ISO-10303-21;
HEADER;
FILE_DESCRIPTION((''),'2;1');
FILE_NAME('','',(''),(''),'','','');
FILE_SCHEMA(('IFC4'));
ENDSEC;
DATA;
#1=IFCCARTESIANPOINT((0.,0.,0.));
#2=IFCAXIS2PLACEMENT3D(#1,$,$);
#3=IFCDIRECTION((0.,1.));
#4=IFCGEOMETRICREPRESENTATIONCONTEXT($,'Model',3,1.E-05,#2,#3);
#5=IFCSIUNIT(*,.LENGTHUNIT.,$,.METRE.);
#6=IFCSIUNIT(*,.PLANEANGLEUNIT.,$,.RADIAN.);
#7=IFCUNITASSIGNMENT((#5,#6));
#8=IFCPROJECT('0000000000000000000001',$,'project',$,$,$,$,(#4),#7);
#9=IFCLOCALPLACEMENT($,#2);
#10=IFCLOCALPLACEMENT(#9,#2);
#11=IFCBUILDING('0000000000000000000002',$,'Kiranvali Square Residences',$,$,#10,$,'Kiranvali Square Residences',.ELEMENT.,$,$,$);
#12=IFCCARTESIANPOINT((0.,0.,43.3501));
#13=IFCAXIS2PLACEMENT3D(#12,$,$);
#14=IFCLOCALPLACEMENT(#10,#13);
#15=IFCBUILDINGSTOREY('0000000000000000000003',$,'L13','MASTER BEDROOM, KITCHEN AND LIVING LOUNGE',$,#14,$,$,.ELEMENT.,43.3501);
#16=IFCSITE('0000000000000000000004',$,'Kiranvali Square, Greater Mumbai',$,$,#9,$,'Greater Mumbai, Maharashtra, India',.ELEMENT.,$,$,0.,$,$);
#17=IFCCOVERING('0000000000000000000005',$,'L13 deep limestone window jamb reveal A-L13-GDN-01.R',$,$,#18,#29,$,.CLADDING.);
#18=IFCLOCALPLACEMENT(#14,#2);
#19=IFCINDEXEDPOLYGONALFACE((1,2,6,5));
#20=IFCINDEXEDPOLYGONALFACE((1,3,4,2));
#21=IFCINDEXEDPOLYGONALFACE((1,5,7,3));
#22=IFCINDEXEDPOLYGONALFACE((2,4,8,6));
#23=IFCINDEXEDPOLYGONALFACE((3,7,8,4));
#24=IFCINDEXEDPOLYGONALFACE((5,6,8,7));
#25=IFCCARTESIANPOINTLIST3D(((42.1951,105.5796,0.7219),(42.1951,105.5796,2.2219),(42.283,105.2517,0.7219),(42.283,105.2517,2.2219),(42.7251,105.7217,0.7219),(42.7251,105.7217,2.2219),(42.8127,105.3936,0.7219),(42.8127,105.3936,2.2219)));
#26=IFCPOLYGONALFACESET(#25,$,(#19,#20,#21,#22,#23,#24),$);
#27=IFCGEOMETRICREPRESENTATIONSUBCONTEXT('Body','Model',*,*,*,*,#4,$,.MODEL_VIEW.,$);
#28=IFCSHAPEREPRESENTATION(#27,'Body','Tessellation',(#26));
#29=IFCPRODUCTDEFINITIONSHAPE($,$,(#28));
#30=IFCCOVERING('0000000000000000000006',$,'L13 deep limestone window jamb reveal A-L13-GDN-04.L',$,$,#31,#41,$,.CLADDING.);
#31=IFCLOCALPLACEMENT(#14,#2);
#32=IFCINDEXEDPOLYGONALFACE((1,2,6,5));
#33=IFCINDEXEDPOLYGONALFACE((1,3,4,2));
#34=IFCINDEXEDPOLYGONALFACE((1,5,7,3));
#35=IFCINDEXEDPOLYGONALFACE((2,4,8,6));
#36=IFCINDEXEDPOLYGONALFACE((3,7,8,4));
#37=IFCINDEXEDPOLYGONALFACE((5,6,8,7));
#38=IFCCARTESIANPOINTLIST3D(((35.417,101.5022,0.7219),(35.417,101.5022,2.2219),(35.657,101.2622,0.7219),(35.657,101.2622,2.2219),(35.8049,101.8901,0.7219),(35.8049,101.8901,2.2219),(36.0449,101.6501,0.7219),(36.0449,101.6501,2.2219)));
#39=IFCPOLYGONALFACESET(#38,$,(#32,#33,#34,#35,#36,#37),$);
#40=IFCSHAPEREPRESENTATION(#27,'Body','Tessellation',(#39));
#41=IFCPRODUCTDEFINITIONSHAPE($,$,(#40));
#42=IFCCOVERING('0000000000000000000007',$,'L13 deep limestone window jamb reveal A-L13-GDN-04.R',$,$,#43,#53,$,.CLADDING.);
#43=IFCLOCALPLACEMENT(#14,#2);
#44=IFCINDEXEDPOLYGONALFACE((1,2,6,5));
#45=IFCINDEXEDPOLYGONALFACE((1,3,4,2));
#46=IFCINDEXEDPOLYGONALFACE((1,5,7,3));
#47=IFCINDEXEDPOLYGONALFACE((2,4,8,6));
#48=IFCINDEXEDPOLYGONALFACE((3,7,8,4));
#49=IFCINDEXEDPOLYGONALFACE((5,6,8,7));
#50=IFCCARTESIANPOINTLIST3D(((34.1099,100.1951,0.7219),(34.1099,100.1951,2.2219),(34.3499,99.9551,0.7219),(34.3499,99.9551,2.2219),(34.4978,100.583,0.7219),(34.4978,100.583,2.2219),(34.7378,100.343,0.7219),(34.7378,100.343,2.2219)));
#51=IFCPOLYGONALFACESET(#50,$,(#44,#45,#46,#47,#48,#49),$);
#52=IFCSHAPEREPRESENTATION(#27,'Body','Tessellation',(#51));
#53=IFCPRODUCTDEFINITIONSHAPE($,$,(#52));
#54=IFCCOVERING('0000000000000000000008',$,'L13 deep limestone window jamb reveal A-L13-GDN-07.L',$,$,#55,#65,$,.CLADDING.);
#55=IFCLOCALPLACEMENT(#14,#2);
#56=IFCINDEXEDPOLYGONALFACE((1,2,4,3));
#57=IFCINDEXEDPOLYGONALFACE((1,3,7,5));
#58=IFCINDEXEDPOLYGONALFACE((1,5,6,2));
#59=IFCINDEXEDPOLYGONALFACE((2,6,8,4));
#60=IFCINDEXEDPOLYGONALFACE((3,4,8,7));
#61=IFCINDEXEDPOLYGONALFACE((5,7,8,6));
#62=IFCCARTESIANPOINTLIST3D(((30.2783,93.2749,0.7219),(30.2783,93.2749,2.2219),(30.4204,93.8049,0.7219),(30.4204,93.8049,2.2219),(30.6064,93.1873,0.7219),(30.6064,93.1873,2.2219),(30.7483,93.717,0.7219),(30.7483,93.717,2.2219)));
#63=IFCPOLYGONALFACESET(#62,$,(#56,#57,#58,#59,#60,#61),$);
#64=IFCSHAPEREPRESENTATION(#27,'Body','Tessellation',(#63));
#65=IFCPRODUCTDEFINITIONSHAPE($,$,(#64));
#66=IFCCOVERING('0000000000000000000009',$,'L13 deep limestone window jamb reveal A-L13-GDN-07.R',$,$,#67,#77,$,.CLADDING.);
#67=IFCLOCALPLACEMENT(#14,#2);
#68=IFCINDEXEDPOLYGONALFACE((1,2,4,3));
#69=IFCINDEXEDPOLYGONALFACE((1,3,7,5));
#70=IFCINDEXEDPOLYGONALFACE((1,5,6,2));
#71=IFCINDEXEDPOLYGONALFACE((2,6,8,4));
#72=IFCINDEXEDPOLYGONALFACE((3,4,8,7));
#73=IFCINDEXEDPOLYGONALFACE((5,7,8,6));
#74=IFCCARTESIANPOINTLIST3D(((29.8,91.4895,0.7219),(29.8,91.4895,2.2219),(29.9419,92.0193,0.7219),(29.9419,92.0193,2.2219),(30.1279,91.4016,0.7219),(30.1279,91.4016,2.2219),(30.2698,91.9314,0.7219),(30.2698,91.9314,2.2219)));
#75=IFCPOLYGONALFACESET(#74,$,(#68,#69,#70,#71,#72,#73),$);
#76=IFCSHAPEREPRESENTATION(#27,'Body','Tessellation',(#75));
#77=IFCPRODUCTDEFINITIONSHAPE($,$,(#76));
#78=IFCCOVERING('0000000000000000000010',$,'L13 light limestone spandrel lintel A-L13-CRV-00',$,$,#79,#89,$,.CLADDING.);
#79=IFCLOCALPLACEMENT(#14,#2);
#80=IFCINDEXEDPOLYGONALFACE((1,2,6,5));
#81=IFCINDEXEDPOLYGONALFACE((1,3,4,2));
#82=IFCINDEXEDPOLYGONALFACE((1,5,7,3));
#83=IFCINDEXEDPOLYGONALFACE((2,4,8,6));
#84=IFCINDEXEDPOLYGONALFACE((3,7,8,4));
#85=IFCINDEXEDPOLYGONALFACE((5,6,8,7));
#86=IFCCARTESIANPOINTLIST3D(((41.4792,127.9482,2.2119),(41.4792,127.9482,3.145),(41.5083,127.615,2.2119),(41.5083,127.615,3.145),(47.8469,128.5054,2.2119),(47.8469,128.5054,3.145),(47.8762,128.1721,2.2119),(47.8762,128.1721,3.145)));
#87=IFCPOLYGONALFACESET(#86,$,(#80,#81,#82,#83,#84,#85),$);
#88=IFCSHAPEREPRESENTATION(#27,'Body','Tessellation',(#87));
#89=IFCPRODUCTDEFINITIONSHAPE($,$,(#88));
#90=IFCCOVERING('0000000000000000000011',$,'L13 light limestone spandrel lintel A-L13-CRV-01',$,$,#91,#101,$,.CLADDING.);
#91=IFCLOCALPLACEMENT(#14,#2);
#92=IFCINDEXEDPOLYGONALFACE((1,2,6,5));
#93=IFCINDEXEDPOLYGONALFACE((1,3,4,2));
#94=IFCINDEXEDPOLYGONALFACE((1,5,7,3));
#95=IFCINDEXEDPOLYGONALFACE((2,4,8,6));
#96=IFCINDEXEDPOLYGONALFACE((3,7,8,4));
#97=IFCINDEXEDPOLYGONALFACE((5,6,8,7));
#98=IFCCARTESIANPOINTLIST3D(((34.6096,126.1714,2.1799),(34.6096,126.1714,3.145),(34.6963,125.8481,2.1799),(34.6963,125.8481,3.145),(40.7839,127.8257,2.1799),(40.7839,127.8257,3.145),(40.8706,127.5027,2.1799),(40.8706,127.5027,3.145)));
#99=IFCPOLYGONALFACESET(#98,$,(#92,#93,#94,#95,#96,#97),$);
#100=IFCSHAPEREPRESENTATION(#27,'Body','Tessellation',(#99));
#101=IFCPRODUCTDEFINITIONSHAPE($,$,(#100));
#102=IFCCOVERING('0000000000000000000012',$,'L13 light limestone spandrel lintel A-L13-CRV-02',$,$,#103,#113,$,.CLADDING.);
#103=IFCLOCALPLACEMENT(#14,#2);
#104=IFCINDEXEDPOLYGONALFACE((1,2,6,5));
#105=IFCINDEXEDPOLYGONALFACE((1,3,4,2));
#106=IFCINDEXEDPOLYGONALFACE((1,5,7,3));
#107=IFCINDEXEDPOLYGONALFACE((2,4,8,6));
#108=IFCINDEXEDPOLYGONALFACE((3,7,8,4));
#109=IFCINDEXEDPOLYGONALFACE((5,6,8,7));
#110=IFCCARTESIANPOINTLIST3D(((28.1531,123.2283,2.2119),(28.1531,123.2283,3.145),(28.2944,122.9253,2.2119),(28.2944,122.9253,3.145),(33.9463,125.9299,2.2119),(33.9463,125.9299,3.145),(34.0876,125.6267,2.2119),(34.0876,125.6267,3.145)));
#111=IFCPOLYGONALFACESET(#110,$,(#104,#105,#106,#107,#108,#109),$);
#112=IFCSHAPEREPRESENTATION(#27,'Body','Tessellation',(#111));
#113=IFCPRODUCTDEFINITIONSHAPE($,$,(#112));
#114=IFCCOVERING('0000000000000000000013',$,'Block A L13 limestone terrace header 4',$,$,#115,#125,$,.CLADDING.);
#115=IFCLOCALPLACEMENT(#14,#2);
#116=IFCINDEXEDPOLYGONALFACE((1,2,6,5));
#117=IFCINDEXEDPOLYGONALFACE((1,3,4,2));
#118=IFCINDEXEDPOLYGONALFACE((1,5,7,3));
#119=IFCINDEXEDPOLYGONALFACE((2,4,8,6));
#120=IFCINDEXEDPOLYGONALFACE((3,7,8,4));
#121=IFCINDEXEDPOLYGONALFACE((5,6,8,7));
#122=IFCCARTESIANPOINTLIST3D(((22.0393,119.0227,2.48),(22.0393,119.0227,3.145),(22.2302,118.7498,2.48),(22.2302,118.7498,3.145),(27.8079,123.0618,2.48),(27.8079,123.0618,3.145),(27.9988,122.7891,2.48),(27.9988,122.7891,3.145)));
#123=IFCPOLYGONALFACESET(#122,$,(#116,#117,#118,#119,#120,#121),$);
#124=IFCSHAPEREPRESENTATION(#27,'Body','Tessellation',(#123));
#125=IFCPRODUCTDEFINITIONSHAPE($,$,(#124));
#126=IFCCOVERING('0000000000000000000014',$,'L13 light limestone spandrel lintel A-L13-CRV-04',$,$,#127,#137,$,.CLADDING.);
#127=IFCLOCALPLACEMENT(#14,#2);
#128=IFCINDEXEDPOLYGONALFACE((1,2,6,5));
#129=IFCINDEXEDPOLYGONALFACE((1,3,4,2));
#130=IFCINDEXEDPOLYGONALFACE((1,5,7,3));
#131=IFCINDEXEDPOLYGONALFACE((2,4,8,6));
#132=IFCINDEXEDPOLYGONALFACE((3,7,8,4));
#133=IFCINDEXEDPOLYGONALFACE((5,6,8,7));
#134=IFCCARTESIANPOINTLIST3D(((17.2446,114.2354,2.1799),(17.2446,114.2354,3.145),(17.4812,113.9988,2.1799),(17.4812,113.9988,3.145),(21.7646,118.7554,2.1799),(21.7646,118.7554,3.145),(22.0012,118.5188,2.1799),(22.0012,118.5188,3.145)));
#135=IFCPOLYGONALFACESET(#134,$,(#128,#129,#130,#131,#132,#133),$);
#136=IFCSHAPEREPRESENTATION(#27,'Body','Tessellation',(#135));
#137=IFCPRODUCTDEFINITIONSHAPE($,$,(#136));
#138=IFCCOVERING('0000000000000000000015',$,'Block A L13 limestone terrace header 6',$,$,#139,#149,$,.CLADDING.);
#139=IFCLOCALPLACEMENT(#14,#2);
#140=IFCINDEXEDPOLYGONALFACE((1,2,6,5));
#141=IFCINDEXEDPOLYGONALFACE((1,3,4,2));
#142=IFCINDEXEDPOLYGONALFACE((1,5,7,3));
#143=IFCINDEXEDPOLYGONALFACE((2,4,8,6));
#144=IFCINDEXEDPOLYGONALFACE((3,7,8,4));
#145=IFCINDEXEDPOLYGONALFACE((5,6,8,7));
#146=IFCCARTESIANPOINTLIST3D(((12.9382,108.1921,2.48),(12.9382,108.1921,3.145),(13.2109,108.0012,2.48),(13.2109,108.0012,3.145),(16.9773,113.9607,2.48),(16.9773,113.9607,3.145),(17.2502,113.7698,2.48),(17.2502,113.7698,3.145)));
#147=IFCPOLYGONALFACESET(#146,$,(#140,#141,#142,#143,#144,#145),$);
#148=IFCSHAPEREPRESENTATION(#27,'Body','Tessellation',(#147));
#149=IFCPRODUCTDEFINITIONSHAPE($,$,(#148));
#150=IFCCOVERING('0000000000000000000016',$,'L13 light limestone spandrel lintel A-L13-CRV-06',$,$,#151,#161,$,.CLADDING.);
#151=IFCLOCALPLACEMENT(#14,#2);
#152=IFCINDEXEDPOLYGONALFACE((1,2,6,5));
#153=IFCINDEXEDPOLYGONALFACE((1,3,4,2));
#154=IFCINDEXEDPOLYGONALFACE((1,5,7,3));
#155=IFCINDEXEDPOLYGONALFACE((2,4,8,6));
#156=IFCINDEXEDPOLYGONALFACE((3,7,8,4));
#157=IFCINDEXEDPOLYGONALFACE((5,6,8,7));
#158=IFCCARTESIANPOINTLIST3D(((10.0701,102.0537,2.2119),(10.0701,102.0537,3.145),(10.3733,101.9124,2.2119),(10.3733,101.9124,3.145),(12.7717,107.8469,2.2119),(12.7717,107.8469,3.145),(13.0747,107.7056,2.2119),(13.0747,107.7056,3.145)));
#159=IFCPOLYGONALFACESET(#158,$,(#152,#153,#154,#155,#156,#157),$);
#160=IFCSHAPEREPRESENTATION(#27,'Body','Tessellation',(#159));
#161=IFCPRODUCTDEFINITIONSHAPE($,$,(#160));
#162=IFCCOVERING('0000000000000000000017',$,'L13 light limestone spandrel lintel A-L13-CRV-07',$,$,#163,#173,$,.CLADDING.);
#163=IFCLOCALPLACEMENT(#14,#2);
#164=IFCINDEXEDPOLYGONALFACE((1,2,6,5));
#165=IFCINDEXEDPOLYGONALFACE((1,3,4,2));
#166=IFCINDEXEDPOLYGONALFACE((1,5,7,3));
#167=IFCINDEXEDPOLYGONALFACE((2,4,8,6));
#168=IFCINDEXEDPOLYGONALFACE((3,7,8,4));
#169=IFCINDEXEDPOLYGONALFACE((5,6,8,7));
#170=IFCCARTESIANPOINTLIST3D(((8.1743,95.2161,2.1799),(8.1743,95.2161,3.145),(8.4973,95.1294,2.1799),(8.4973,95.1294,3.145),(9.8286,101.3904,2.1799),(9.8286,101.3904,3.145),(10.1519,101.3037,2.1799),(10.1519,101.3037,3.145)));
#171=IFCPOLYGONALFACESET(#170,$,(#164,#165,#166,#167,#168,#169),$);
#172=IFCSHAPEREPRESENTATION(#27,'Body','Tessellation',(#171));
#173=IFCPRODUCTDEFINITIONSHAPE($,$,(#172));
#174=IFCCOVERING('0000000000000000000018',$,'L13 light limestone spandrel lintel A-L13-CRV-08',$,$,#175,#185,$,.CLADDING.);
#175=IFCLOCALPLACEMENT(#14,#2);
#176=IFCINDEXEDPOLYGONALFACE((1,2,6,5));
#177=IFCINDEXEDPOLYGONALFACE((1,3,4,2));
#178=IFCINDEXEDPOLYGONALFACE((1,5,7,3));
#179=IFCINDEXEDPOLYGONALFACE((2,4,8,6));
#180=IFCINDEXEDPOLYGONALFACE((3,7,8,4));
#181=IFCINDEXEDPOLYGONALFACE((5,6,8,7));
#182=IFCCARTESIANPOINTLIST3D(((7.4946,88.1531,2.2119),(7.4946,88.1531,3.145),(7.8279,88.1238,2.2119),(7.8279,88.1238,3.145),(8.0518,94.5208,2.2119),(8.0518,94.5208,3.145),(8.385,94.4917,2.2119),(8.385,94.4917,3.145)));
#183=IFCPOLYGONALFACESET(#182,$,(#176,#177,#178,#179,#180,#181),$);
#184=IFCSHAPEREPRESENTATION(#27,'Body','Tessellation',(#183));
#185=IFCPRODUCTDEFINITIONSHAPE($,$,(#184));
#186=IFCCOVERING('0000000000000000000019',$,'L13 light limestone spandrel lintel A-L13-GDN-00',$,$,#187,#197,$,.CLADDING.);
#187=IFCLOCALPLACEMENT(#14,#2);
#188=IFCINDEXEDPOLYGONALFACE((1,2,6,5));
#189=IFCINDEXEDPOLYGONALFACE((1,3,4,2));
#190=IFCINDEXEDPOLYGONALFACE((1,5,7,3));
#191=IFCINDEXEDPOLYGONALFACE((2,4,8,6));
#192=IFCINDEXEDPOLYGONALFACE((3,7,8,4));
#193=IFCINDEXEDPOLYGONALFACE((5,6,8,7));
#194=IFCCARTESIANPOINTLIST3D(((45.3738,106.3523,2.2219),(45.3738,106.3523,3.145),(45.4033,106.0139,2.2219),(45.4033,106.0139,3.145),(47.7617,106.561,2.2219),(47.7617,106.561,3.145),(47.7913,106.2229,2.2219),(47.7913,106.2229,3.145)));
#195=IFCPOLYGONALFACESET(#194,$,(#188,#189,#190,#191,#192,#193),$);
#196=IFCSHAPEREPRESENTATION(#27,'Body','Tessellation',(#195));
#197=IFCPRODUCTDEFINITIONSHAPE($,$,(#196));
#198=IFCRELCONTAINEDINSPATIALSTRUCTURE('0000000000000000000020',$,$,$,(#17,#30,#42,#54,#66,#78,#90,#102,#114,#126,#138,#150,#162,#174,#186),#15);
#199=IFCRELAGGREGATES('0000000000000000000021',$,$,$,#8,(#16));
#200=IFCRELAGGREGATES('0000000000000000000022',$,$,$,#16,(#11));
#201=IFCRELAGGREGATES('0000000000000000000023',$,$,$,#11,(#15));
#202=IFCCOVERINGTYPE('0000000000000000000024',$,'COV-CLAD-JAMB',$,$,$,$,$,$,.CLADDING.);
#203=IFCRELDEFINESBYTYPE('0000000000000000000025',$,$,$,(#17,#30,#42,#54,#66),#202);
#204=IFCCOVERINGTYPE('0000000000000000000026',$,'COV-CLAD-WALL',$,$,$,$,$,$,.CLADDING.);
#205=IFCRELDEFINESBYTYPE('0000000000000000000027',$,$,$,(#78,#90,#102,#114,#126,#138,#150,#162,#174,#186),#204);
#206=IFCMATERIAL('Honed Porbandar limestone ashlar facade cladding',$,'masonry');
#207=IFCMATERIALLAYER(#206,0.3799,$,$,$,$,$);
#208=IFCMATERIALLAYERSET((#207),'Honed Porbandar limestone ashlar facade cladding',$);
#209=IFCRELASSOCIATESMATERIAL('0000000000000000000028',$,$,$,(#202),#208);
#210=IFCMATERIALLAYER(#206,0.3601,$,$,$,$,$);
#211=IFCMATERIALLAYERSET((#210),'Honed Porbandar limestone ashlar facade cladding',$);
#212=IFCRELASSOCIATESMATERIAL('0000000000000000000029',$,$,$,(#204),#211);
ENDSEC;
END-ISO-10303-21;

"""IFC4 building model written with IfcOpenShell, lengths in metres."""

from ifc_helpers import new_model, si_unit, direction, frame, origin, place, context, subcontext, project, spatial, polyline, outline, extrude, material, layer, layer_set, type_object, element, save


model = new_model("IFC4")

# Units and contexts
model_context = context("Model", 3, precision=1e-05, world=origin(), true_north=direction((0.0, 1.0)))
body_context = subcontext(model_context, "Body", "Model", "MODEL_VIEW")
ifc_project = project(units=[si_unit("LENGTHUNIT", "METRE"), si_unit("PLANEANGLEUNIT", "RADIAN")], contexts=[model_context])

# Site, building, storey
site_placement = place(None, origin())
site = spatial("IfcSite", under=ifc_project, at=site_placement, Name="Kiranvali Square, Greater Mumbai", LongName="Greater Mumbai, Maharashtra, India", CompositionType="ELEMENT", RefElevation=0.0)
building_placement = place(site_placement, origin())
building = spatial("IfcBuilding", under=site, at=building_placement, Name="Kiranvali Square Residences", LongName="Kiranvali Square Residences", CompositionType="ELEMENT")
storey_placement = place(building_placement, frame((0.0, 0.0, 43.3501)))
storey = spatial("IfcBuildingStorey", under=building, at=storey_placement, Name="L13", Description="MASTER BEDROOM, KITCHEN AND LIVING LOUNGE", CompositionType="ELEMENT", Elevation=43.3501)

# Coverings
ifc_material = material(Name="Honed Porbandar limestone ashlar facade cladding", Category="masonry")
ifc_layer_1 = layer(ifc_material, 0.3799)
ifc_layer_set_1 = layer_set([ifc_layer_1], Name="Honed Porbandar limestone ashlar facade cladding")
covering_type_1 = type_object("IfcCoveringType", Name="COV-CLAD-JAMB", PredefinedType="CLADDING", material=ifc_layer_set_1)
covering_1_placement = place(storey_placement, frame((0.0, 0.0, 0.7219)))
element("IfcCovering", 1, at=covering_1_placement, inside=storey, type_object=covering_type_1, Name="L13 deep limestone window jamb reveal A-L13-GDN-01.R", PredefinedType="CLADDING", context=body_context, shape_type="SweptSolid", body=[
    extrude(outline(polyline([(42.7251, 105.7217), (42.1951, 105.5796), (42.283, 105.2517), (42.8127, 105.3936), (42.7251, 105.7217)])), origin(), (0.0, 0.0, 1.0), 1.5),
])
covering_2_placement = place(storey_placement, frame((0.0, 0.0, 0.7219)))
element("IfcCovering", 2, at=covering_2_placement, inside=storey, type_object=covering_type_1, Name="L13 deep limestone window jamb reveal A-L13-GDN-04.L", PredefinedType="CLADDING", context=body_context, shape_type="SweptSolid", body=[
    extrude(outline(polyline([(35.8049, 101.8901), (35.417, 101.5022), (35.657, 101.2622), (36.0449, 101.6501), (35.8049, 101.8901)])), origin(), (0.0, 0.0, 1.0), 1.5),
])
covering_3_placement = place(storey_placement, frame((0.0, 0.0, 0.7219)))
element("IfcCovering", 3, at=covering_3_placement, inside=storey, type_object=covering_type_1, Name="L13 deep limestone window jamb reveal A-L13-GDN-04.R", PredefinedType="CLADDING", context=body_context, shape_type="SweptSolid", body=[
    extrude(outline(polyline([(34.4978, 100.583), (34.1099, 100.1951), (34.3499, 99.9551), (34.7378, 100.343), (34.4978, 100.583)])), origin(), (0.0, 0.0, 1.0), 1.5),
])
covering_4_placement = place(storey_placement, frame((0.0, 0.0, 0.7219)))
element("IfcCovering", 4, at=covering_4_placement, inside=storey, type_object=covering_type_1, Name="L13 deep limestone window jamb reveal A-L13-GDN-07.L", PredefinedType="CLADDING", context=body_context, shape_type="SweptSolid", body=[
    extrude(outline(polyline([(30.4204, 93.8049), (30.2783, 93.2749), (30.6064, 93.1873), (30.7483, 93.717), (30.4204, 93.8049)])), origin(), (0.0, 0.0, 1.0), 1.5),
])
covering_5_placement = place(storey_placement, frame((0.0, 0.0, 0.7219)))
element("IfcCovering", 5, at=covering_5_placement, inside=storey, type_object=covering_type_1, Name="L13 deep limestone window jamb reveal A-L13-GDN-07.R", PredefinedType="CLADDING", context=body_context, shape_type="SweptSolid", body=[
    extrude(outline(polyline([(29.9419, 92.0193), (29.8, 91.4895), (30.1279, 91.4016), (30.2698, 91.9314), (29.9419, 92.0193)])), origin(), (0.0, 0.0, 1.0), 1.5),
])
ifc_layer_2 = layer(ifc_material, 0.3601)
ifc_layer_set_2 = layer_set([ifc_layer_2], Name="Honed Porbandar limestone ashlar facade cladding")
covering_type_2 = type_object("IfcCoveringType", Name="COV-CLAD-WALL", PredefinedType="CLADDING", material=ifc_layer_set_2)
covering_6_placement = place(storey_placement, frame((0.0, 0.0, 2.2119)))
element("IfcCovering", 6, at=covering_6_placement, inside=storey, type_object=covering_type_2, Name="L13 light limestone spandrel lintel A-L13-CRV-00", PredefinedType="CLADDING", context=body_context, shape_type="SweptSolid", body=[
    extrude(outline(polyline([(47.8469, 128.5054), (41.4792, 127.9482), (41.5083, 127.615), (47.8762, 128.1721), (47.8469, 128.5054)])), origin(), (0.0, 0.0, 1.0), 0.9331),
])
covering_7_placement = place(storey_placement, frame((0.0, 0.0, 2.1799)))
element("IfcCovering", 7, at=covering_7_placement, inside=storey, type_object=covering_type_2, Name="L13 light limestone spandrel lintel A-L13-CRV-01", PredefinedType="CLADDING", context=body_context, shape_type="SweptSolid", body=[
    extrude(outline(polyline([(40.7839, 127.8257), (34.6096, 126.1714), (34.6963, 125.8481), (40.8706, 127.5027), (40.7839, 127.8257)])), origin(), (0.0, 0.0, 1.0), 0.9651),
])
covering_8_placement = place(storey_placement, frame((0.0, 0.0, 2.2119)))
element("IfcCovering", 8, at=covering_8_placement, inside=storey, type_object=covering_type_2, Name="L13 light limestone spandrel lintel A-L13-CRV-02", PredefinedType="CLADDING", context=body_context, shape_type="SweptSolid", body=[
    extrude(outline(polyline([(33.9463, 125.9299), (28.1531, 123.2283), (28.2944, 122.9253), (34.0876, 125.6267), (33.9463, 125.9299)])), origin(), (0.0, 0.0, 1.0), 0.9331),
])
covering_9_placement = place(storey_placement, frame((0.0, 0.0, 2.48)))
element("IfcCovering", 9, at=covering_9_placement, inside=storey, type_object=covering_type_2, Name="Block A L13 limestone terrace header 4", PredefinedType="CLADDING", context=body_context, shape_type="SweptSolid", body=[
    extrude(outline(polyline([(27.8079, 123.0618), (22.0393, 119.0227), (22.2302, 118.7498), (27.9988, 122.7891), (27.8079, 123.0618)])), origin(), (0.0, 0.0, 1.0), 0.665),
])
covering_10_placement = place(storey_placement, frame((0.0, 0.0, 2.1799)))
element("IfcCovering", 10, at=covering_10_placement, inside=storey, type_object=covering_type_2, Name="L13 light limestone spandrel lintel A-L13-CRV-04", PredefinedType="CLADDING", context=body_context, shape_type="SweptSolid", body=[
    extrude(outline(polyline([(21.7646, 118.7554), (17.2446, 114.2354), (17.4812, 113.9988), (22.0012, 118.5188), (21.7646, 118.7554)])), origin(), (0.0, 0.0, 1.0), 0.9651),
])
covering_11_placement = place(storey_placement, frame((0.0, 0.0, 2.48)))
element("IfcCovering", 11, at=covering_11_placement, inside=storey, type_object=covering_type_2, Name="Block A L13 limestone terrace header 6", PredefinedType="CLADDING", context=body_context, shape_type="SweptSolid", body=[
    extrude(outline(polyline([(16.9773, 113.9607), (12.9382, 108.1921), (13.2109, 108.0012), (17.2502, 113.7698), (16.9773, 113.9607)])), origin(), (0.0, 0.0, 1.0), 0.665),
])
covering_12_placement = place(storey_placement, frame((0.0, 0.0, 2.2119)))
element("IfcCovering", 12, at=covering_12_placement, inside=storey, type_object=covering_type_2, Name="L13 light limestone spandrel lintel A-L13-CRV-06", PredefinedType="CLADDING", context=body_context, shape_type="SweptSolid", body=[
    extrude(outline(polyline([(12.7717, 107.8469), (10.0701, 102.0537), (10.3733, 101.9124), (13.0747, 107.7056), (12.7717, 107.8469)])), origin(), (0.0, 0.0, 1.0), 0.9331),
])
covering_13_placement = place(storey_placement, frame((0.0, 0.0, 2.1799)))
element("IfcCovering", 13, at=covering_13_placement, inside=storey, type_object=covering_type_2, Name="L13 light limestone spandrel lintel A-L13-CRV-07", PredefinedType="CLADDING", context=body_context, shape_type="SweptSolid", body=[
    extrude(outline(polyline([(9.8286, 101.3904), (8.1743, 95.2161), (8.4973, 95.1294), (10.1519, 101.3037), (9.8286, 101.3904)])), origin(), (0.0, 0.0, 1.0), 0.9651),
])
covering_14_placement = place(storey_placement, frame((0.0, 0.0, 2.2119)))
element("IfcCovering", 14, at=covering_14_placement, inside=storey, type_object=covering_type_2, Name="L13 light limestone spandrel lintel A-L13-CRV-08", PredefinedType="CLADDING", context=body_context, shape_type="SweptSolid", body=[
    extrude(outline(polyline([(8.0518, 94.5208), (7.4946, 88.1531), (7.8279, 88.1238), (8.385, 94.4917), (8.0518, 94.5208)])), origin(), (0.0, 0.0, 1.0), 0.9331),
])
covering_15_placement = place(storey_placement, frame((0.0, 0.0, 2.2219)))
element("IfcCovering", 15, at=covering_15_placement, inside=storey, type_object=covering_type_2, Name="L13 light limestone spandrel lintel A-L13-GDN-00", PredefinedType="CLADDING", context=body_context, shape_type="SweptSolid", body=[
    extrude(outline(polyline([(47.7617, 106.561), (45.3738, 106.3523), (45.4033, 106.0139), (47.7913, 106.2229), (47.7617, 106.561)])), origin(), (0.0, 0.0, 1.0), 0.9231),
])

save(model, "model.ifc")
